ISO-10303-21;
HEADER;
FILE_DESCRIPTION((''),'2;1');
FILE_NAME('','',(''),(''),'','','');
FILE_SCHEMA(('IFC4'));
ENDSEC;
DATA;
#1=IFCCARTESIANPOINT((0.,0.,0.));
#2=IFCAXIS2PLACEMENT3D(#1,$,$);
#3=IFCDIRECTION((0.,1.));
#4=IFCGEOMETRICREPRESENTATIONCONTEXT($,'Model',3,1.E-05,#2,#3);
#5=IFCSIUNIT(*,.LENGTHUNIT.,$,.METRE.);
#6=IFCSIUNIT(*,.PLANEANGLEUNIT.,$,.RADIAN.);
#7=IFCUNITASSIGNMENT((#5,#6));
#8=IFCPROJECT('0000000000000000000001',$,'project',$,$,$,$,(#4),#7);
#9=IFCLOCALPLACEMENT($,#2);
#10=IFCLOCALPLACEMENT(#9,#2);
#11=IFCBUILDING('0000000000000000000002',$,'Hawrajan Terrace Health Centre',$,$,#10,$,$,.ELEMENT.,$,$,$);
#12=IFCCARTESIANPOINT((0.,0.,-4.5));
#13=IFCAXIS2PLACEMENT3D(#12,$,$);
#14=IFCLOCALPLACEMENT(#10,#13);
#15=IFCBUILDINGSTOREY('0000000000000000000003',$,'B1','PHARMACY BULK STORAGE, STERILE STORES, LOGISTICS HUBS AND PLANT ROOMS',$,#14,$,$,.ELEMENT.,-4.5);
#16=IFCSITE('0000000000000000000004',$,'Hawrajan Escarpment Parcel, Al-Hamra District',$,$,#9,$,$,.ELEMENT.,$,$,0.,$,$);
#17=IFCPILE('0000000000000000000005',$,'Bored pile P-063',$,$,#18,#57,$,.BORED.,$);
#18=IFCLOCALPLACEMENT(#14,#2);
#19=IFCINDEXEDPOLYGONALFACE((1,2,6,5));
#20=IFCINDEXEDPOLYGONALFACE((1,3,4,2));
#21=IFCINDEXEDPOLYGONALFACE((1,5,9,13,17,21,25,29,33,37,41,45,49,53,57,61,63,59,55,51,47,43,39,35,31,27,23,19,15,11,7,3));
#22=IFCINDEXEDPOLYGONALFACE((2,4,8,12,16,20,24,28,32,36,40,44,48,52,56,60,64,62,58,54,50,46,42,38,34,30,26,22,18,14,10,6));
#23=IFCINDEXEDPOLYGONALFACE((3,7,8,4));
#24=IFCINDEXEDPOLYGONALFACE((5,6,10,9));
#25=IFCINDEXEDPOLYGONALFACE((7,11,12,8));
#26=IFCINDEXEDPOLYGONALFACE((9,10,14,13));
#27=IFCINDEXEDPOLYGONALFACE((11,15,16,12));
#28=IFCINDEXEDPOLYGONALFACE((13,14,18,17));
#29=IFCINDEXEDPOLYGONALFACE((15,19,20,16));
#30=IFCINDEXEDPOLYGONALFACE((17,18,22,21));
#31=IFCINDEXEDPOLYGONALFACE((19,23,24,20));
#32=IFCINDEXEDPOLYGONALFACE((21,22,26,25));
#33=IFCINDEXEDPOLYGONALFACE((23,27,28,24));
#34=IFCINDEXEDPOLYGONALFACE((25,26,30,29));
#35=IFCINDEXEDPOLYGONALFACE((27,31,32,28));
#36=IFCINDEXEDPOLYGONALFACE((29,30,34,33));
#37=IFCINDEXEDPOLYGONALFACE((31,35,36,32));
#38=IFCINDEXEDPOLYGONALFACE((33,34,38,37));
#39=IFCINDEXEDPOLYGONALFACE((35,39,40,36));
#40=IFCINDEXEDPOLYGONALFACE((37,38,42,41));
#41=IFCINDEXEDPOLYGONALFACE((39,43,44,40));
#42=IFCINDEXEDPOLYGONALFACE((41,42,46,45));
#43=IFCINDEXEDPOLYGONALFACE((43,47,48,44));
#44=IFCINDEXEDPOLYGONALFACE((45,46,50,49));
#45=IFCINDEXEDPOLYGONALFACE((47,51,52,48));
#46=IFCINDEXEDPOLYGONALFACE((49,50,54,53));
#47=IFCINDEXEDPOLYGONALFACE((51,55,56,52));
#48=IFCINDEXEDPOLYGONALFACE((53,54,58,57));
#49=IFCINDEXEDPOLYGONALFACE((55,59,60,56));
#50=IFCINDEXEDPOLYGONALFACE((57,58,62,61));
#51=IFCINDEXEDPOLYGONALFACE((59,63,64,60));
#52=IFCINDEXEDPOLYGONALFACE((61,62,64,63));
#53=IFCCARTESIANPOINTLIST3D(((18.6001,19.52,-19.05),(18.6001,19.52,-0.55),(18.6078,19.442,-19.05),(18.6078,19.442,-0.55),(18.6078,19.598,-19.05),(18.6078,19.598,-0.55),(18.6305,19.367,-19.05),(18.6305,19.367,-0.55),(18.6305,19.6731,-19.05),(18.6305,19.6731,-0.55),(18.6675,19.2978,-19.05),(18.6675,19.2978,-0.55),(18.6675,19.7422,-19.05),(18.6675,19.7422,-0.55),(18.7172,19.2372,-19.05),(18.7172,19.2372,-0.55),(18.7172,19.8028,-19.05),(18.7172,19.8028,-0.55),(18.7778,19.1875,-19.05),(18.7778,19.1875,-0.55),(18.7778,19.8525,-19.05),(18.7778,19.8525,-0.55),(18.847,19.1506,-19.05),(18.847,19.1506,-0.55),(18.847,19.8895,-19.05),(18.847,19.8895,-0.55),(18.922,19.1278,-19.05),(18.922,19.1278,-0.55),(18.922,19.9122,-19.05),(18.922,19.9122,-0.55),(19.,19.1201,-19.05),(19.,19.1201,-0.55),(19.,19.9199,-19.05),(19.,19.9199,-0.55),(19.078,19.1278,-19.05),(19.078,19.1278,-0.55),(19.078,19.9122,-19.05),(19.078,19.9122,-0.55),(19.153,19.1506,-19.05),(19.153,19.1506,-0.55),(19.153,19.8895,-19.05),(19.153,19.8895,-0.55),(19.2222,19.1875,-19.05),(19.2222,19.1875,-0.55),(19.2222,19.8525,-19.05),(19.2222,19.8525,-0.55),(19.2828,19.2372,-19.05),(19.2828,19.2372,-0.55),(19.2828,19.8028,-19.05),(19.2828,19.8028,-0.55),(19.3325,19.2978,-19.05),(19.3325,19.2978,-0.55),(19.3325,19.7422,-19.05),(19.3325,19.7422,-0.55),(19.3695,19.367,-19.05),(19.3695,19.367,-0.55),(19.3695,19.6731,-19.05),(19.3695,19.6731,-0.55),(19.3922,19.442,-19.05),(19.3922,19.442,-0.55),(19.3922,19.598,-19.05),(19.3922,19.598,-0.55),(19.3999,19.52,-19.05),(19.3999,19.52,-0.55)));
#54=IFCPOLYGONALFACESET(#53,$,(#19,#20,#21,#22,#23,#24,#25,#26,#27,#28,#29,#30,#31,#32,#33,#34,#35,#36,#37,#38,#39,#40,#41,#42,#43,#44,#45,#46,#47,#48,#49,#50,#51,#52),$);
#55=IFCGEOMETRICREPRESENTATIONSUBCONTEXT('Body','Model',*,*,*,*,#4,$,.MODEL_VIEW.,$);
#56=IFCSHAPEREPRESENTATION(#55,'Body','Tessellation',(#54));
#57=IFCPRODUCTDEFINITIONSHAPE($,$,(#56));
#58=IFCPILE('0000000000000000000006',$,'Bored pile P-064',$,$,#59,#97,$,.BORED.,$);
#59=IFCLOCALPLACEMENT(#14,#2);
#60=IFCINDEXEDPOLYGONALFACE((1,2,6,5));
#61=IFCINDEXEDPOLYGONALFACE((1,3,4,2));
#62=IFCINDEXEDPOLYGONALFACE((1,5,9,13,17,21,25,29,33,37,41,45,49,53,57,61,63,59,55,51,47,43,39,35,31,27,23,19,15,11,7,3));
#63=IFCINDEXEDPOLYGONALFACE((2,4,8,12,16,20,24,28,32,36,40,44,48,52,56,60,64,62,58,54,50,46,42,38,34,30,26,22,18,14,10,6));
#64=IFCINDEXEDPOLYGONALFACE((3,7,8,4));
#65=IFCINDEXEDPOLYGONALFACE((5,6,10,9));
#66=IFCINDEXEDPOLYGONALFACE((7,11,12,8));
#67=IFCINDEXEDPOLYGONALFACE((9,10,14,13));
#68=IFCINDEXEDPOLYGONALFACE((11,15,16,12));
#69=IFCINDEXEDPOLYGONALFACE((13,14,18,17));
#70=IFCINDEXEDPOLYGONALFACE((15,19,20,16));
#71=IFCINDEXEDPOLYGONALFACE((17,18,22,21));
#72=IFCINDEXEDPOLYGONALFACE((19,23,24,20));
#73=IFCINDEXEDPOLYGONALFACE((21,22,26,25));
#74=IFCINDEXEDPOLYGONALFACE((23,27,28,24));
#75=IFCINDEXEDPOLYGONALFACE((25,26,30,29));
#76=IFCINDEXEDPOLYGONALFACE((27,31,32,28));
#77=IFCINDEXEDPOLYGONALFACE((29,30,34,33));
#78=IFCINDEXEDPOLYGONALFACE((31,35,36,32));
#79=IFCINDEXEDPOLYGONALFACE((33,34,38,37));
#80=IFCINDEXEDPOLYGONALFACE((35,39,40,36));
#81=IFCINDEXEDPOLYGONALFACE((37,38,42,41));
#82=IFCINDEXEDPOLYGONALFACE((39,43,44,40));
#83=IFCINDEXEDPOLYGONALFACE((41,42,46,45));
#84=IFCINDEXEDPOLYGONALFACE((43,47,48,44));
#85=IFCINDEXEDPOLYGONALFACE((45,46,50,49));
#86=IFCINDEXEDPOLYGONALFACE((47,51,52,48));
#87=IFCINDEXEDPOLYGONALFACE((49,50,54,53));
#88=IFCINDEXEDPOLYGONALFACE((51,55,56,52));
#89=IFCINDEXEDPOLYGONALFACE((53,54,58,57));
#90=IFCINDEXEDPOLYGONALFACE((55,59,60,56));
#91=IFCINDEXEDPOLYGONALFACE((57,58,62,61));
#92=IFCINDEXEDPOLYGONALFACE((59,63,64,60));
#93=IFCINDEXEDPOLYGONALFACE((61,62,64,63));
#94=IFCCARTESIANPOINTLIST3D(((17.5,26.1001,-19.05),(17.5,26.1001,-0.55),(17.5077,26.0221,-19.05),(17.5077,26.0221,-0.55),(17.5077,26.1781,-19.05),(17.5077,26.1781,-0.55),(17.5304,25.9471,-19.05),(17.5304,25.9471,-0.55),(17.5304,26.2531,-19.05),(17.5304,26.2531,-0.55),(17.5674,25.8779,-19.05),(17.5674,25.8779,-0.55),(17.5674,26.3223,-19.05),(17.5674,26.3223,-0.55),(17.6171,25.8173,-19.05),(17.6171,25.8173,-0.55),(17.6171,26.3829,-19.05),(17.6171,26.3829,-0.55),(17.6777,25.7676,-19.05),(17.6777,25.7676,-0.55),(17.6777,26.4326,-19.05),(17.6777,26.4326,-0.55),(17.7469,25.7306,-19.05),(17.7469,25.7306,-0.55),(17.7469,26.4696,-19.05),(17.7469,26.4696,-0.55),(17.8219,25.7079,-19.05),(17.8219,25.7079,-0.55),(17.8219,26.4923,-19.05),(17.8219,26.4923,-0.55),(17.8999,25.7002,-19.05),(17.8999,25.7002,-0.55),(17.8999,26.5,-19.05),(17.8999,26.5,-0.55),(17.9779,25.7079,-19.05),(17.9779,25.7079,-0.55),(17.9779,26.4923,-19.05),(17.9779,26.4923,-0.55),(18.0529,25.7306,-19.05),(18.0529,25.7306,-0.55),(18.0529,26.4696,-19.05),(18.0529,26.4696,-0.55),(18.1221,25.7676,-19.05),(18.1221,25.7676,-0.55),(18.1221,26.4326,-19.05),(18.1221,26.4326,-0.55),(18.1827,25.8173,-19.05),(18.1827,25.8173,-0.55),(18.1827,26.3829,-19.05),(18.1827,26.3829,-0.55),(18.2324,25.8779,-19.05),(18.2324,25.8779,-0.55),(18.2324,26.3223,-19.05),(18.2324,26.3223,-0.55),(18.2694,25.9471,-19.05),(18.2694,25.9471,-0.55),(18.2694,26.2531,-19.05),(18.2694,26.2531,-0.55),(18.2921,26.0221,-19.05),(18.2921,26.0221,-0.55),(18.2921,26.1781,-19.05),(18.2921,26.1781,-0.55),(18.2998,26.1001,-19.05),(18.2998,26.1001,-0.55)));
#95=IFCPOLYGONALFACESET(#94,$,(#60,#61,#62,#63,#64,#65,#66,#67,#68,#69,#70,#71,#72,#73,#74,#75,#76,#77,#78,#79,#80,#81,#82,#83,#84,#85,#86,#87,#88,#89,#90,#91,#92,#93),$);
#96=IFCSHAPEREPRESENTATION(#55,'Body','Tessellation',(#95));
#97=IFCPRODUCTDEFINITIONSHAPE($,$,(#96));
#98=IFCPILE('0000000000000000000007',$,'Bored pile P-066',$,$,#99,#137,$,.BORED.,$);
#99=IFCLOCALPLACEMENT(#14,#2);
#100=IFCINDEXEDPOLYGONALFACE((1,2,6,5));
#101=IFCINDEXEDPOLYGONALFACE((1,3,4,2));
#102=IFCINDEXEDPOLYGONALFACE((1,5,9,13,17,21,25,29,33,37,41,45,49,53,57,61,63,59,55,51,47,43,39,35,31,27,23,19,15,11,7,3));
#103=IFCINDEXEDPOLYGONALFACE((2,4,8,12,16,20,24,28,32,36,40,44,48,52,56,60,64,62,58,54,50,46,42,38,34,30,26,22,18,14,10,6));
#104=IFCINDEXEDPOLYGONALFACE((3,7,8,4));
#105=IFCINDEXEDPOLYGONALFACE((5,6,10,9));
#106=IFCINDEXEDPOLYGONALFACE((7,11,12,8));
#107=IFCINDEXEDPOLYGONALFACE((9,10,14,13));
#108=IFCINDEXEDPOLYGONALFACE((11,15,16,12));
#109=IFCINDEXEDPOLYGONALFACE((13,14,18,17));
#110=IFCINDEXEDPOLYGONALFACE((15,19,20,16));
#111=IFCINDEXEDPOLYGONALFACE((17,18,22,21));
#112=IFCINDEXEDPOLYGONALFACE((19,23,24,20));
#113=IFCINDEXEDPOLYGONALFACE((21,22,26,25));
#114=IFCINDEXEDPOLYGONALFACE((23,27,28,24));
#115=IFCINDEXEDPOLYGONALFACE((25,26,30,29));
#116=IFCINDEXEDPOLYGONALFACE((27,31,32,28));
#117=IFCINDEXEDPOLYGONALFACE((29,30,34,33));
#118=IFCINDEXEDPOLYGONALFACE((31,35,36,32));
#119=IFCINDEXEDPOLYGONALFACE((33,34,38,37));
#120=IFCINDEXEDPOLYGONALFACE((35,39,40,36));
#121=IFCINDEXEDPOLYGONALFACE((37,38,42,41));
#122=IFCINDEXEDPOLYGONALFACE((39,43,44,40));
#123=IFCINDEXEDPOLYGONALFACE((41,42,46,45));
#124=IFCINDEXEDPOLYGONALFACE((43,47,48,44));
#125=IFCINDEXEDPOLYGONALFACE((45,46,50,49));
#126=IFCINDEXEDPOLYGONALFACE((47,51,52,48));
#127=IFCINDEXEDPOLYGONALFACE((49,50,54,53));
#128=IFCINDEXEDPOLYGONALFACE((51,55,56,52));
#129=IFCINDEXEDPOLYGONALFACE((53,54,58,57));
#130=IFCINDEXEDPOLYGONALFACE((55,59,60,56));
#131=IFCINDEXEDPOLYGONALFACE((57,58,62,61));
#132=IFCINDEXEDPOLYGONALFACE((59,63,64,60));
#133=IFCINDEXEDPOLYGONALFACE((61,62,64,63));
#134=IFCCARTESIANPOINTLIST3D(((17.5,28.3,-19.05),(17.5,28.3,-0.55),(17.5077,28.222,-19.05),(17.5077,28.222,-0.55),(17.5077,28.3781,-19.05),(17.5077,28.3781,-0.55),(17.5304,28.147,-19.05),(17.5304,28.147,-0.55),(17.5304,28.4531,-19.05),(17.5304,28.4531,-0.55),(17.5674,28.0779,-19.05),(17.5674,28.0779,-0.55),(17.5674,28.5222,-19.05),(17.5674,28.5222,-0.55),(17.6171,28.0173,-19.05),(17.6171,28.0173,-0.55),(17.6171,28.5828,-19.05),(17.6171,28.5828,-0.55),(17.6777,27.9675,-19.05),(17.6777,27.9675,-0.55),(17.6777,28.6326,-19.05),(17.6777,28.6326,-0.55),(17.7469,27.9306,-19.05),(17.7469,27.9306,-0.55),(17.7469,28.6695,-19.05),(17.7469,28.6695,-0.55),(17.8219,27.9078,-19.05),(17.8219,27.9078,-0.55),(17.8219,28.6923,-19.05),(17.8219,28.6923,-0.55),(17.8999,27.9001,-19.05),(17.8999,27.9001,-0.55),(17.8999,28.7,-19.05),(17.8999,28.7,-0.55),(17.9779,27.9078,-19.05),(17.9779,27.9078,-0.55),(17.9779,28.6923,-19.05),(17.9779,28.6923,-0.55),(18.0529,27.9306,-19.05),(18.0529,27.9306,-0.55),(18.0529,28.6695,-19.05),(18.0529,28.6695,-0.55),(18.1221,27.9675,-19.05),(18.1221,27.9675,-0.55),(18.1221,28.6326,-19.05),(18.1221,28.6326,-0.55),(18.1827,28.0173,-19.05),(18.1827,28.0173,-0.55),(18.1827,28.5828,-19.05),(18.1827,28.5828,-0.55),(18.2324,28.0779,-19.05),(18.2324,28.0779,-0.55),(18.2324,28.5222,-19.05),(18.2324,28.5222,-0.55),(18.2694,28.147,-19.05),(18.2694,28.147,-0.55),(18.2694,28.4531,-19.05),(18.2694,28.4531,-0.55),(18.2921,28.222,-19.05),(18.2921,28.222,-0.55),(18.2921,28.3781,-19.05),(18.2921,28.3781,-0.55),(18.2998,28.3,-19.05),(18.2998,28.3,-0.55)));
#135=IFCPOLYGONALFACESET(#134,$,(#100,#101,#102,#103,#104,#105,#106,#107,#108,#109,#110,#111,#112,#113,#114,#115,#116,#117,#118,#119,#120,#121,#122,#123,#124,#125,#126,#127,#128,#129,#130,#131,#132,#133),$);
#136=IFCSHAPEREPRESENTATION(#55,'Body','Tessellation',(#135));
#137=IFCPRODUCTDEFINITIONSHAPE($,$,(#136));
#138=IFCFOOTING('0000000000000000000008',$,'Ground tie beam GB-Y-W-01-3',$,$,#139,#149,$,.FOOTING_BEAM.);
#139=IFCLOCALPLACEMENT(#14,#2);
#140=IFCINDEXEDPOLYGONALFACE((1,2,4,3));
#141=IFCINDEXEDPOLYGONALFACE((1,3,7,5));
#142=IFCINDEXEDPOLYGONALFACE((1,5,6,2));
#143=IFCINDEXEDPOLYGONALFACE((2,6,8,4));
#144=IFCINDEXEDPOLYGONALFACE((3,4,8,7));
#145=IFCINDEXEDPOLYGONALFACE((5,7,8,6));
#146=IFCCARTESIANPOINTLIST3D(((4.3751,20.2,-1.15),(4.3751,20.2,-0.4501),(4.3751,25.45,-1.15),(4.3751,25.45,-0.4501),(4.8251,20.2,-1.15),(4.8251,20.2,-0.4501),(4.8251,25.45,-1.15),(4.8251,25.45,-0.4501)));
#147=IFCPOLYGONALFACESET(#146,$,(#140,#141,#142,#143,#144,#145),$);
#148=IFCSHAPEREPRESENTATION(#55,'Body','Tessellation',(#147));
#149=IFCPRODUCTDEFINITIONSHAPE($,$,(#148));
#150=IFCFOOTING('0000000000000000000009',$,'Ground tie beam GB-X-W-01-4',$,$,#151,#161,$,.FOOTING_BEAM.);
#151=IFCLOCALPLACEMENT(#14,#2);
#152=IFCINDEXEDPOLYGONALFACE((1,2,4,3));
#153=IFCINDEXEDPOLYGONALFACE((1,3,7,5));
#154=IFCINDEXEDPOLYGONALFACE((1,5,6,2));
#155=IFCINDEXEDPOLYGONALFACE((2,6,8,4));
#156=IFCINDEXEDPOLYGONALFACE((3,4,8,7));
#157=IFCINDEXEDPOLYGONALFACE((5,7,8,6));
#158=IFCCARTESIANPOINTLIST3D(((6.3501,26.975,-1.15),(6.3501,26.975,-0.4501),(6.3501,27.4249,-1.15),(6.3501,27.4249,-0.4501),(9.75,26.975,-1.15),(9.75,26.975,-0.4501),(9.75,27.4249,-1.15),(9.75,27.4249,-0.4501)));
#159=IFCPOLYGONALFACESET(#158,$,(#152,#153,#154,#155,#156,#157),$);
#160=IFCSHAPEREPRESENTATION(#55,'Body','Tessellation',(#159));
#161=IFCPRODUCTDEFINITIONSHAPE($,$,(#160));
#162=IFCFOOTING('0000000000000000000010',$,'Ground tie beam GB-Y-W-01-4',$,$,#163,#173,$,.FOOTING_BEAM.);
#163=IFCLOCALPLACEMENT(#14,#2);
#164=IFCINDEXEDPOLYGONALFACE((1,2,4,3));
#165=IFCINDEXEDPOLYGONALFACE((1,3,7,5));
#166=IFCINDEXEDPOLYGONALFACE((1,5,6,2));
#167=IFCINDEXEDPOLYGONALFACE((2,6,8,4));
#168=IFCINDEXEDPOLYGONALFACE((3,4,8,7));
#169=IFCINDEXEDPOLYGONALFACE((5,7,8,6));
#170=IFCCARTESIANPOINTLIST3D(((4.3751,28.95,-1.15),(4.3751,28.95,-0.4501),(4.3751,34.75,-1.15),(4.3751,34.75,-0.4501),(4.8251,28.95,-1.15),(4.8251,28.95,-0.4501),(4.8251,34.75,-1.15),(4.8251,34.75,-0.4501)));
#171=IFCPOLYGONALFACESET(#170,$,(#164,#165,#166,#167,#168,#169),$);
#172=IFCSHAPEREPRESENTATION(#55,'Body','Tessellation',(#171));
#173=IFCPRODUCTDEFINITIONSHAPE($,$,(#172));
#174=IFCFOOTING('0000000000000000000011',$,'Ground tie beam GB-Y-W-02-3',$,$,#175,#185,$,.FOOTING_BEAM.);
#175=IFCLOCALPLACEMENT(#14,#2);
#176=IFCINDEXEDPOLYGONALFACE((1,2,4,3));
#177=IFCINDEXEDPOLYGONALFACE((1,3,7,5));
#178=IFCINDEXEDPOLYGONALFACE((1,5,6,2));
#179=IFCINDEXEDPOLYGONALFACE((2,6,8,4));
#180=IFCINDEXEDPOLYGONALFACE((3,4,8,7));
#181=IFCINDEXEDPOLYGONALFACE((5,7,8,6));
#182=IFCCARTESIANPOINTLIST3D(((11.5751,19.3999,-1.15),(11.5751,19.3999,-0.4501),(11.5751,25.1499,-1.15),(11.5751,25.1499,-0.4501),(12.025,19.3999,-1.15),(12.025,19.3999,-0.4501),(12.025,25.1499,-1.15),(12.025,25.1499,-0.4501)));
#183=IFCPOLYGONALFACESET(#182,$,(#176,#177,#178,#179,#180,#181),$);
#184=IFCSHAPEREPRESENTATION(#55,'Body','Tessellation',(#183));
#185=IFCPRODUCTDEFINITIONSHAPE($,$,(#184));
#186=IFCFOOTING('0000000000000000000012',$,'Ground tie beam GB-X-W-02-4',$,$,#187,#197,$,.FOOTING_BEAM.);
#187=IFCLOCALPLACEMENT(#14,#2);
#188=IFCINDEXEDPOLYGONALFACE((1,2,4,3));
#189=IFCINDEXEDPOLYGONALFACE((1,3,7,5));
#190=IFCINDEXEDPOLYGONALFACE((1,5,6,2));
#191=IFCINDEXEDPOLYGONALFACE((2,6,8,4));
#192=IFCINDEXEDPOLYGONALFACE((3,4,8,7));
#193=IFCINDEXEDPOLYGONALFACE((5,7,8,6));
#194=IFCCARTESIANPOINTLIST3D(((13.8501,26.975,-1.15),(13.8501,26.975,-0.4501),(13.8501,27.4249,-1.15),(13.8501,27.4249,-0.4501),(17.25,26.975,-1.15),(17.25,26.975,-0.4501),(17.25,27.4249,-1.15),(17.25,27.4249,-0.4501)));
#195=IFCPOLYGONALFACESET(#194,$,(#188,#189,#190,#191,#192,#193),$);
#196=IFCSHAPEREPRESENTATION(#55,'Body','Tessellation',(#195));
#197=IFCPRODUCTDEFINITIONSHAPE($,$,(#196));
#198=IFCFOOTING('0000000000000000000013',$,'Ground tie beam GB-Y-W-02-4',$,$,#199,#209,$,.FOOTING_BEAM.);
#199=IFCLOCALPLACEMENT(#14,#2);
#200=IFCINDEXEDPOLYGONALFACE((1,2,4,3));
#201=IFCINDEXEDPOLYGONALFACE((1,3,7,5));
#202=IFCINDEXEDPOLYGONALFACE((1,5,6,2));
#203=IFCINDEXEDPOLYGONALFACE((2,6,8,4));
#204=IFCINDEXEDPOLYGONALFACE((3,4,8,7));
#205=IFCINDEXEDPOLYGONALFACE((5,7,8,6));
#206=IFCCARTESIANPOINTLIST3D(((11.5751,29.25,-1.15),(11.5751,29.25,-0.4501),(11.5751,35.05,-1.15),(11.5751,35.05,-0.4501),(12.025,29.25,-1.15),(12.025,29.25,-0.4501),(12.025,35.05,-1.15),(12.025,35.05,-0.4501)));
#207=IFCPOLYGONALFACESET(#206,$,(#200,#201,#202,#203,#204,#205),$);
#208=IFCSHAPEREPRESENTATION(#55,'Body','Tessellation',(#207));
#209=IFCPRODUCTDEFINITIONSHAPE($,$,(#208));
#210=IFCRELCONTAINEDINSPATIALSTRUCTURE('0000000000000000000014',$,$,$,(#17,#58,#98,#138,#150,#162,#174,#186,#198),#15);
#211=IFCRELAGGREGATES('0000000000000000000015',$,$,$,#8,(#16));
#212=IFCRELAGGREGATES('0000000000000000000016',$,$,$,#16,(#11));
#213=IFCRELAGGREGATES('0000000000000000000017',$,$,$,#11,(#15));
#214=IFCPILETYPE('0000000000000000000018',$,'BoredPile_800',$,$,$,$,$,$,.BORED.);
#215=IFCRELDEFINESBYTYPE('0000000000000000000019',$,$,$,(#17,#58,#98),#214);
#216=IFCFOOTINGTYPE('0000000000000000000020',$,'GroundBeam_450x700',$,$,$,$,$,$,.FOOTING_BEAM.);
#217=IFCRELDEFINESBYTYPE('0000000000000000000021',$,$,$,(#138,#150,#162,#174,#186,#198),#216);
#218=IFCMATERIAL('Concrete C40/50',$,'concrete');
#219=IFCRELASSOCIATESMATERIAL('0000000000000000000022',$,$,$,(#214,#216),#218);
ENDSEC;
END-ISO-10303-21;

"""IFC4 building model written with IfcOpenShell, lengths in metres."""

from ifc_helpers import new_model, si_unit, direction, frame, origin, origin_2d, place, context, subcontext, project, spatial, rectangle, circle, extrude, material, material_profile, profile_set, type_object, element, save


model = new_model("IFC4")

# Units and contexts
model_context = context("Model", 3, precision=1e-05, world=origin(), true_north=direction((0.0, 1.0)))
body_context = subcontext(model_context, "Body", "Model", "MODEL_VIEW")
ifc_project = project(units=[si_unit("LENGTHUNIT", "METRE"), si_unit("PLANEANGLEUNIT", "RADIAN")], contexts=[model_context])

# Site, building, storey
site_placement = place(None, origin())
site = spatial("IfcSite", under=ifc_project, at=site_placement, Name="Hawrajan Escarpment Parcel, Al-Hamra District", CompositionType="ELEMENT", RefElevation=0.0)
building_placement = place(site_placement, origin())
building = spatial("IfcBuilding", under=site, at=building_placement, Name="Hawrajan Terrace Health Centre", CompositionType="ELEMENT")
storey_placement = place(building_placement, frame((0.0, 0.0, -4.5)))
storey = spatial("IfcBuildingStorey", under=building, at=storey_placement, Name="B1", Description="PHARMACY BULK STORAGE, STERILE STORES, LOGISTICS HUBS AND PLANT ROOMS", CompositionType="ELEMENT", Elevation=-4.5)

# Piles
ifc_material_1 = material(Name="Concrete C40/50", Category="concrete")
ifc_material_profile_1 = material_profile(ifc_material_1, circle(Radius=0.3999, at=origin_2d()), Name="BP 800")
ifc_profile_set_1 = profile_set([ifc_material_profile_1], Name="Concrete C40/50")
pile_type_1 = type_object("IfcPileType", Name="BoredPile_800", PredefinedType="BORED", material=ifc_profile_set_1)
for number, where, z_axis, x_axis, name in (
    (1, (19.0, 19.52, -0.55), (0.0, 0.0, -1.0), (1.0, 0.0, 0.0), "Bored pile P-063"),
    (2, (17.8999, 26.1001, -0.55), (0.0, 0.0, -1.0), (1.0, 0.0, 0.0), "Bored pile P-064"),
    (3, (17.8999, 28.3, -0.55), (0.0, 0.0, -1.0), (1.0, 0.0, 0.0), "Bored pile P-066"),
):
    element("IfcPile", number, at=place(storey_placement, frame(where, z_axis=z_axis, x_axis=x_axis)), inside=storey, type_object=pile_type_1, Name=name, PredefinedType="BORED", context=body_context, shape_type="SweptSolid", body=[
        extrude(circle(Radius=0.3999, at=origin_2d()), origin(), (0.0, 0.0, 1.0), 18.5),
    ])

# Footings
ifc_material_profile_2 = material_profile(ifc_material_1, rectangle(XDim=0.45, YDim=0.7, at=origin_2d()), Name="RC BM 450x700")
ifc_profile_set_2 = profile_set([ifc_material_profile_2], Name="Concrete C40/50")
footing_type_1 = type_object("IfcFootingType", Name="GroundBeam_450x700", PredefinedType="FOOTING_BEAM", material=ifc_profile_set_2)
footing_1_placement = place(storey_placement, frame((4.6001, 20.2, -0.8), z_axis=(0.0, 1.0, 0.0), x_axis=(-1.0, 0.0, 0.0)))
element("IfcFooting", 4, at=footing_1_placement, inside=storey, type_object=footing_type_1, Name="Ground tie beam GB-Y-W-01-3", PredefinedType="FOOTING_BEAM", context=body_context, shape_type="SweptSolid", body=[
    extrude(rectangle(XDim=0.45, YDim=0.7, at=origin_2d()), origin(), (0.0, 0.0, 1.0), 5.25),
])
footing_2_placement = place(storey_placement, frame((6.3501, 27.2, -0.8), z_axis=(1.0, 0.0, 0.0), x_axis=(0.0, 1.0, 0.0)))
element("IfcFooting", 5, at=footing_2_placement, inside=storey, type_object=footing_type_1, Name="Ground tie beam GB-X-W-01-4", PredefinedType="FOOTING_BEAM", context=body_context, shape_type="SweptSolid", body=[
    extrude(rectangle(XDim=0.45, YDim=0.7, at=origin_2d()), origin(), (0.0, 0.0, 1.0), 3.3999),
])
footing_3_placement = place(storey_placement, frame((4.6001, 28.95, -0.8), z_axis=(0.0, 1.0, 0.0), x_axis=(-1.0, 0.0, 0.0)))
element("IfcFooting", 6, at=footing_3_placement, inside=storey, type_object=footing_type_1, Name="Ground tie beam GB-Y-W-01-4", PredefinedType="FOOTING_BEAM", context=body_context, shape_type="SweptSolid", body=[
    extrude(rectangle(XDim=0.45, YDim=0.7, at=origin_2d()), origin(), (0.0, 0.0, 1.0), 5.8),
])
footing_4_placement = place(storey_placement, frame((11.8, 19.3999, -0.8), z_axis=(0.0, 1.0, 0.0), x_axis=(-1.0, 0.0, 0.0)))
element("IfcFooting", 7, at=footing_4_placement, inside=storey, type_object=footing_type_1, Name="Ground tie beam GB-Y-W-02-3", PredefinedType="FOOTING_BEAM", context=body_context, shape_type="SweptSolid", body=[
    extrude(rectangle(XDim=0.45, YDim=0.7, at=origin_2d()), origin(), (0.0, 0.0, 1.0), 5.75),
])
footing_5_placement = place(storey_placement, frame((13.8501, 27.2, -0.8), z_axis=(1.0, 0.0, 0.0), x_axis=(0.0, 1.0, 0.0)))
element("IfcFooting", 8, at=footing_5_placement, inside=storey, type_object=footing_type_1, Name="Ground tie beam GB-X-W-02-4", PredefinedType="FOOTING_BEAM", context=body_context, shape_type="SweptSolid", body=[
    extrude(rectangle(XDim=0.45, YDim=0.7, at=origin_2d()), origin(), (0.0, 0.0, 1.0), 3.3999),
])
footing_6_placement = place(storey_placement, frame((11.8, 29.25, -0.8), z_axis=(0.0, 1.0, 0.0), x_axis=(-1.0, 0.0, 0.0)))
element("IfcFooting", 9, at=footing_6_placement, inside=storey, type_object=footing_type_1, Name="Ground tie beam GB-Y-W-02-4", PredefinedType="FOOTING_BEAM", context=body_context, shape_type="SweptSolid", body=[
    extrude(rectangle(XDim=0.45, YDim=0.7, at=origin_2d()), origin(), (0.0, 0.0, 1.0), 5.8),
])

save(model, "model.ifc")
